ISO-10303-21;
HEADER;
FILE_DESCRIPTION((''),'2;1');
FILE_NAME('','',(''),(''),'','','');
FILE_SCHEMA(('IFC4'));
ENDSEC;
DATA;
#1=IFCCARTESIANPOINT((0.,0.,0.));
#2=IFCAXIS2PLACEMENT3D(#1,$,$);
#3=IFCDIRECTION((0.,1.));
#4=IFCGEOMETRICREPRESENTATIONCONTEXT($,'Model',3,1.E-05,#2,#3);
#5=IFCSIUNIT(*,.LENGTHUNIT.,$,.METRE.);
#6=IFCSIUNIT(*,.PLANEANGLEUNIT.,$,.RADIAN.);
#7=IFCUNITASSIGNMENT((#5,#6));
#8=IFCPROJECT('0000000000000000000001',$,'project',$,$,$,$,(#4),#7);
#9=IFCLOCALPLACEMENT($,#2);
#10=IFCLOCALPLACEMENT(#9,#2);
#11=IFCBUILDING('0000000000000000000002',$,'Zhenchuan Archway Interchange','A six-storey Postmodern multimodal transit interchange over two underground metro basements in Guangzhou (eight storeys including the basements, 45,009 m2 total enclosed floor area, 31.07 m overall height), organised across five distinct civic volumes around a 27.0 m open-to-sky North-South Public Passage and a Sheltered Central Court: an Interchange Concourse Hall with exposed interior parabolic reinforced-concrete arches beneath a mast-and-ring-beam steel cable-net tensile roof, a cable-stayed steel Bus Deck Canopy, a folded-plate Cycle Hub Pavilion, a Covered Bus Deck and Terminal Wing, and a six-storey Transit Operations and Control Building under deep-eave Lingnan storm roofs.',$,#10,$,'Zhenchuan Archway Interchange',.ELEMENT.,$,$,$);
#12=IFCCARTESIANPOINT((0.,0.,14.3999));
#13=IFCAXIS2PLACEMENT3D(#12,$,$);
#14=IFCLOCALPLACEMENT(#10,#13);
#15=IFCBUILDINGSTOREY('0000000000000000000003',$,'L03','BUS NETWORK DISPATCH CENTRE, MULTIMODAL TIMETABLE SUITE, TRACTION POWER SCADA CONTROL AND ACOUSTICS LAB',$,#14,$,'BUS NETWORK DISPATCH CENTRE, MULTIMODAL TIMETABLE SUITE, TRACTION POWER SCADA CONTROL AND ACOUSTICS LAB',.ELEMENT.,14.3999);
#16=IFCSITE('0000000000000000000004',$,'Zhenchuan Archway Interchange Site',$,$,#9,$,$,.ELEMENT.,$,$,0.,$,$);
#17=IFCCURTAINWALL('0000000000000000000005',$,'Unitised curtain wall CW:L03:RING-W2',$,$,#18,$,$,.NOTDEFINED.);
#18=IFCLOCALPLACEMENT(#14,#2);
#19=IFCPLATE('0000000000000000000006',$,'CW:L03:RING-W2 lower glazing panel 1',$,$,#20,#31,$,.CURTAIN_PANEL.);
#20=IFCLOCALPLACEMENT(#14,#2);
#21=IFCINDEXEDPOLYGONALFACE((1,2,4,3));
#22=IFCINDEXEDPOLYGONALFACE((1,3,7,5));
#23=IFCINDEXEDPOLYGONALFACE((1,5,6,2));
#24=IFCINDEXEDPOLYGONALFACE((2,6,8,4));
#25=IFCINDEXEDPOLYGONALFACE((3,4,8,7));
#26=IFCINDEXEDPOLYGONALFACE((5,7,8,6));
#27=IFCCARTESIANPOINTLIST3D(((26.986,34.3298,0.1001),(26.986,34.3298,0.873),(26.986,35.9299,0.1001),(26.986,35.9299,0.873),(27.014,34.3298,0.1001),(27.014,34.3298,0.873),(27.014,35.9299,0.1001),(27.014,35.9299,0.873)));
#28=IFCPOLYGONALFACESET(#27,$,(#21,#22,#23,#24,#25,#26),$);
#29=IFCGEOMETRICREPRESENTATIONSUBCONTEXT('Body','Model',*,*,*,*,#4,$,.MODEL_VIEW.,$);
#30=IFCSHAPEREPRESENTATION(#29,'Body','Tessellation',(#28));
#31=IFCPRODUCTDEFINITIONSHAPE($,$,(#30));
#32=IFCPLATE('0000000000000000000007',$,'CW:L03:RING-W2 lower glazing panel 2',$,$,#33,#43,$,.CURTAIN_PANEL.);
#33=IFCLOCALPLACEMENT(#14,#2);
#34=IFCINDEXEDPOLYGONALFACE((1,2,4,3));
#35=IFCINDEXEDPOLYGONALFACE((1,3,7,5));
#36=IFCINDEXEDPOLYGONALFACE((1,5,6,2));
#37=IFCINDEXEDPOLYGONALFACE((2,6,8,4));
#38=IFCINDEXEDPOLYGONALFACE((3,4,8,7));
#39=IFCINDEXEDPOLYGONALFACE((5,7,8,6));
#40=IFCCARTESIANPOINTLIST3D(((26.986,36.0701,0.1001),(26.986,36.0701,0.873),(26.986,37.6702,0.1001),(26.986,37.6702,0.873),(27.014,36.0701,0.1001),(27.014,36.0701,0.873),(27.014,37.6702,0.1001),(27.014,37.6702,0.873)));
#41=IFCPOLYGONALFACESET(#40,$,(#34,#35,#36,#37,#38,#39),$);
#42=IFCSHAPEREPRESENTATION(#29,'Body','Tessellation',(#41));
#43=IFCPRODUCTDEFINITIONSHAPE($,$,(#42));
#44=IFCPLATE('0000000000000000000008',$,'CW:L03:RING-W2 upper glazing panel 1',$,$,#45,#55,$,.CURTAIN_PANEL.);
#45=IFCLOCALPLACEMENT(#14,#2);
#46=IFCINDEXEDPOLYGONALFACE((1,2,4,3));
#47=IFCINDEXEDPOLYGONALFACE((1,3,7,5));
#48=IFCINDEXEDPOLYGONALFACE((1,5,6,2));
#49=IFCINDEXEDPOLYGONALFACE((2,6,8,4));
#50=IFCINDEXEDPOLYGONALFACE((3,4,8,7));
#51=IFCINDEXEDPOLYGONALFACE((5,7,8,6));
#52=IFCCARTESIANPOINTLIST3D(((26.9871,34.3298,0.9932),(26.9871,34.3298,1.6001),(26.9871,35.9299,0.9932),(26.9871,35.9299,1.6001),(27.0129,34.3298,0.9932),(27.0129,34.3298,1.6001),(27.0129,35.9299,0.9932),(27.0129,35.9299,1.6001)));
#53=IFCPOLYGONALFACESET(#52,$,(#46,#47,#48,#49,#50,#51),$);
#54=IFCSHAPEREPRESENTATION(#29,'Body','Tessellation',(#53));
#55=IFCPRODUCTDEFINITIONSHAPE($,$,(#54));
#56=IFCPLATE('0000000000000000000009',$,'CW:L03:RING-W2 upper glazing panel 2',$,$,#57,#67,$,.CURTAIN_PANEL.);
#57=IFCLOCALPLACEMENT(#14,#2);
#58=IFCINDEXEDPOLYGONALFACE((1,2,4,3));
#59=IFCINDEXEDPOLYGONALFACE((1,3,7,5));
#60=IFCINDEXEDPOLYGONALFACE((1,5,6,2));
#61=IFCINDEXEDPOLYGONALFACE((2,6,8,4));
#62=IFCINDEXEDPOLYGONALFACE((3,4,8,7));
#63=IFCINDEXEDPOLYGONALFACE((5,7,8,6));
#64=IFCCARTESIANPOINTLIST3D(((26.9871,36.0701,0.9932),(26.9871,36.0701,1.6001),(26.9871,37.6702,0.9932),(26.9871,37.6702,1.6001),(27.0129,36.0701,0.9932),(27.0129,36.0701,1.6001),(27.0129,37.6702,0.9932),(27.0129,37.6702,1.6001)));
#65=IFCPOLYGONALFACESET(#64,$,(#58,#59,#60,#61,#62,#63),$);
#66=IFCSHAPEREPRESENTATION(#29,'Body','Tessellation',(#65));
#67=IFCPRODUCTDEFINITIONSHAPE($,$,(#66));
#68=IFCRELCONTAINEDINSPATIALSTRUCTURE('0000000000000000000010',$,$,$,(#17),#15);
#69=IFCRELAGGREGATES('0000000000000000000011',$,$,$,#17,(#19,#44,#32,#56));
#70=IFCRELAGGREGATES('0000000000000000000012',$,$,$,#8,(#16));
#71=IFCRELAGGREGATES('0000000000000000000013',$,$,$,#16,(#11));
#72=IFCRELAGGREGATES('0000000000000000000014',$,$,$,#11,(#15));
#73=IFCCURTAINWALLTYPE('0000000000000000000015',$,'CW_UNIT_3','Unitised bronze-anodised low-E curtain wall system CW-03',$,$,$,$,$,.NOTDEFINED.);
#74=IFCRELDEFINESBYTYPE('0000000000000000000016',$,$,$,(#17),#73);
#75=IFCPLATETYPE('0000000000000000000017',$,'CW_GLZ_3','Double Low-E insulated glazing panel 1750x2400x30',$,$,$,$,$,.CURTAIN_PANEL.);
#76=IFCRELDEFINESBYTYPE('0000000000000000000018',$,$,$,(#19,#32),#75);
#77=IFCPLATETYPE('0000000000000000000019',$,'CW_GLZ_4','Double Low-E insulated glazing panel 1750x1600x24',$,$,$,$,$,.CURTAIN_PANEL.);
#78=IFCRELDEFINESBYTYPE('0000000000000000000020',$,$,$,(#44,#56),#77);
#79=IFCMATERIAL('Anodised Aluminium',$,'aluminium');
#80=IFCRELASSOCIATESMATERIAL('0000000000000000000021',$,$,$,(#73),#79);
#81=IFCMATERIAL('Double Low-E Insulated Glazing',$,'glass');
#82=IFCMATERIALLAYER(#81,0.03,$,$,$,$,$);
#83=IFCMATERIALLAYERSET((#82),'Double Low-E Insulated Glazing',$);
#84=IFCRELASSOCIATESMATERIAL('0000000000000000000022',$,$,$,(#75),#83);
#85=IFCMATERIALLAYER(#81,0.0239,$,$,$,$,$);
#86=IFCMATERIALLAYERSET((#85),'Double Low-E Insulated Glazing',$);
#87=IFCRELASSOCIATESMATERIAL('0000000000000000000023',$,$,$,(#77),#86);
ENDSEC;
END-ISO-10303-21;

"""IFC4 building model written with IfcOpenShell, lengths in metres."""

from ifc_helpers import new_model, si_unit, direction, frame, origin, origin_2d, place, context, subcontext, project, spatial, rectangle, extrude, material, layer, layer_set, type_object, element, aggregate, save


model = new_model("IFC4")

# Units and contexts
model_context = context("Model", 3, precision=1e-05, world=origin(), true_north=direction((0.0, 1.0)))
body_context = subcontext(model_context, "Body", "Model", "MODEL_VIEW")
ifc_project = project(units=[si_unit("LENGTHUNIT", "METRE"), si_unit("PLANEANGLEUNIT", "RADIAN")], contexts=[model_context])

# Site, building, storey
site_placement = place(None, origin())
site = spatial("IfcSite", under=ifc_project, at=site_placement, Name="Zhenchuan Archway Interchange Site", CompositionType="ELEMENT", RefElevation=0.0)
building_placement = place(site_placement, origin())
building = spatial("IfcBuilding", under=site, at=building_placement, Name="Zhenchuan Archway Interchange", Description="A six-storey Postmodern multimodal transit interchange over two underground metro basements in Guangzhou (eight storeys including the basements, 45,009 m2 total enclosed floor area, 31.07 m overall height), organised across five distinct civic volumes around a 27.0 m open-to-sky North-South Public Passage and a Sheltered Central Court: an Interchange Concourse Hall with exposed interior parabolic reinforced-concrete arches beneath a mast-and-ring-beam steel cable-net tensile roof, a cable-stayed steel Bus Deck Canopy, a folded-plate Cycle Hub Pavilion, a Covered Bus Deck and Terminal Wing, and a six-storey Transit Operations and Control Building under deep-eave Lingnan storm roofs.", LongName="Zhenchuan Archway Interchange", CompositionType="ELEMENT")
storey_placement = place(building_placement, frame((0.0, 0.0, 14.3999)))
storey = spatial("IfcBuildingStorey", under=building, at=storey_placement, Name="L03", Description="BUS NETWORK DISPATCH CENTRE, MULTIMODAL TIMETABLE SUITE, TRACTION POWER SCADA CONTROL AND ACOUSTICS LAB", LongName="BUS NETWORK DISPATCH CENTRE, MULTIMODAL TIMETABLE SUITE, TRACTION POWER SCADA CONTROL AND ACOUSTICS LAB", CompositionType="ELEMENT", Elevation=14.3999)

# Curtain wall
ifc_material_1 = material(Name="Anodised Aluminium", Category="aluminium")
curtain_wall_type = type_object("IfcCurtainWallType", Name="CW_UNIT_3", Description="Unitised bronze-anodised low-E curtain wall system CW-03", PredefinedType="NOTDEFINED", material=ifc_material_1)
curtain_wall_1_placement = place(storey_placement, origin())
curtain_wall_1 = element("IfcCurtainWall", 1, at=curtain_wall_1_placement, inside=storey, type_object=curtain_wall_type, Name="Unitised curtain wall CW:L03:RING-W2", PredefinedType="NOTDEFINED")

# Plates
ifc_material_2 = material(Name="Double Low-E Insulated Glazing", Category="glass")
ifc_layer_1 = layer(ifc_material_2, 0.03)
ifc_layer_set_1 = layer_set([ifc_layer_1], Name="Double Low-E Insulated Glazing")
plate_type_1 = type_object("IfcPlateType", Name="CW_GLZ_3", Description="Double Low-E insulated glazing panel 1750x2400x30", PredefinedType="CURTAIN_PANEL", material=ifc_layer_set_1)
plate_1_placement = place(storey_placement, frame((27.0, 35.1299, 0.1001), z_axis=(0.0, 0.0, 1.0), x_axis=(0.0, 1.0, 0.0)))
plate_1 = element("IfcPlate", 2, at=plate_1_placement, type_object=plate_type_1, Name="CW:L03:RING-W2 lower glazing panel 1", PredefinedType="CURTAIN_PANEL", context=body_context, shape_type="SweptSolid", body=[
    extrude(rectangle(XDim=1.6001, YDim=0.0281, at=origin_2d()), origin(), (0.0, 0.0, 1.0), 0.7729),
])
plate_2_placement = place(storey_placement, frame((27.0, 36.8701, 0.1001), z_axis=(0.0, 0.0, 1.0), x_axis=(0.0, 1.0, 0.0)))
plate_2 = element("IfcPlate", 3, at=plate_2_placement, type_object=plate_type_1, Name="CW:L03:RING-W2 lower glazing panel 2", PredefinedType="CURTAIN_PANEL", context=body_context, shape_type="SweptSolid", body=[
    extrude(rectangle(XDim=1.6001, YDim=0.0281, at=origin_2d()), origin(), (0.0, 0.0, 1.0), 0.7729),
])
ifc_layer_2 = layer(ifc_material_2, 0.0239)
ifc_layer_set_2 = layer_set([ifc_layer_2], Name="Double Low-E Insulated Glazing")
plate_type_2 = type_object("IfcPlateType", Name="CW_GLZ_4", Description="Double Low-E insulated glazing panel 1750x1600x24", PredefinedType="CURTAIN_PANEL", material=ifc_layer_set_2)
plate_3_placement = place(storey_placement, frame((27.0, 35.1299, 0.9932), z_axis=(0.0, 0.0, 1.0), x_axis=(0.0, 1.0, 0.0)))
plate_3 = element("IfcPlate", 4, at=plate_3_placement, type_object=plate_type_2, Name="CW:L03:RING-W2 upper glazing panel 1", PredefinedType="CURTAIN_PANEL", context=body_context, shape_type="SweptSolid", body=[
    extrude(rectangle(XDim=1.6001, YDim=0.0259, at=origin_2d()), origin(), (0.0, 0.0, 1.0), 0.6069),
])
plate_4_placement = place(storey_placement, frame((27.0, 36.8701, 0.9932), z_axis=(0.0, 0.0, 1.0), x_axis=(0.0, 1.0, 0.0)))
plate_4 = element("IfcPlate", 5, at=plate_4_placement, type_object=plate_type_2, Name="CW:L03:RING-W2 upper glazing panel 2", PredefinedType="CURTAIN_PANEL", context=body_context, shape_type="SweptSolid", body=[
    extrude(rectangle(XDim=1.6001, YDim=0.0259, at=origin_2d()), origin(), (0.0, 0.0, 1.0), 0.6069),
])
aggregate(curtain_wall_1, [plate_1, plate_3, plate_2, plate_4])

save(model, "model.ifc")
